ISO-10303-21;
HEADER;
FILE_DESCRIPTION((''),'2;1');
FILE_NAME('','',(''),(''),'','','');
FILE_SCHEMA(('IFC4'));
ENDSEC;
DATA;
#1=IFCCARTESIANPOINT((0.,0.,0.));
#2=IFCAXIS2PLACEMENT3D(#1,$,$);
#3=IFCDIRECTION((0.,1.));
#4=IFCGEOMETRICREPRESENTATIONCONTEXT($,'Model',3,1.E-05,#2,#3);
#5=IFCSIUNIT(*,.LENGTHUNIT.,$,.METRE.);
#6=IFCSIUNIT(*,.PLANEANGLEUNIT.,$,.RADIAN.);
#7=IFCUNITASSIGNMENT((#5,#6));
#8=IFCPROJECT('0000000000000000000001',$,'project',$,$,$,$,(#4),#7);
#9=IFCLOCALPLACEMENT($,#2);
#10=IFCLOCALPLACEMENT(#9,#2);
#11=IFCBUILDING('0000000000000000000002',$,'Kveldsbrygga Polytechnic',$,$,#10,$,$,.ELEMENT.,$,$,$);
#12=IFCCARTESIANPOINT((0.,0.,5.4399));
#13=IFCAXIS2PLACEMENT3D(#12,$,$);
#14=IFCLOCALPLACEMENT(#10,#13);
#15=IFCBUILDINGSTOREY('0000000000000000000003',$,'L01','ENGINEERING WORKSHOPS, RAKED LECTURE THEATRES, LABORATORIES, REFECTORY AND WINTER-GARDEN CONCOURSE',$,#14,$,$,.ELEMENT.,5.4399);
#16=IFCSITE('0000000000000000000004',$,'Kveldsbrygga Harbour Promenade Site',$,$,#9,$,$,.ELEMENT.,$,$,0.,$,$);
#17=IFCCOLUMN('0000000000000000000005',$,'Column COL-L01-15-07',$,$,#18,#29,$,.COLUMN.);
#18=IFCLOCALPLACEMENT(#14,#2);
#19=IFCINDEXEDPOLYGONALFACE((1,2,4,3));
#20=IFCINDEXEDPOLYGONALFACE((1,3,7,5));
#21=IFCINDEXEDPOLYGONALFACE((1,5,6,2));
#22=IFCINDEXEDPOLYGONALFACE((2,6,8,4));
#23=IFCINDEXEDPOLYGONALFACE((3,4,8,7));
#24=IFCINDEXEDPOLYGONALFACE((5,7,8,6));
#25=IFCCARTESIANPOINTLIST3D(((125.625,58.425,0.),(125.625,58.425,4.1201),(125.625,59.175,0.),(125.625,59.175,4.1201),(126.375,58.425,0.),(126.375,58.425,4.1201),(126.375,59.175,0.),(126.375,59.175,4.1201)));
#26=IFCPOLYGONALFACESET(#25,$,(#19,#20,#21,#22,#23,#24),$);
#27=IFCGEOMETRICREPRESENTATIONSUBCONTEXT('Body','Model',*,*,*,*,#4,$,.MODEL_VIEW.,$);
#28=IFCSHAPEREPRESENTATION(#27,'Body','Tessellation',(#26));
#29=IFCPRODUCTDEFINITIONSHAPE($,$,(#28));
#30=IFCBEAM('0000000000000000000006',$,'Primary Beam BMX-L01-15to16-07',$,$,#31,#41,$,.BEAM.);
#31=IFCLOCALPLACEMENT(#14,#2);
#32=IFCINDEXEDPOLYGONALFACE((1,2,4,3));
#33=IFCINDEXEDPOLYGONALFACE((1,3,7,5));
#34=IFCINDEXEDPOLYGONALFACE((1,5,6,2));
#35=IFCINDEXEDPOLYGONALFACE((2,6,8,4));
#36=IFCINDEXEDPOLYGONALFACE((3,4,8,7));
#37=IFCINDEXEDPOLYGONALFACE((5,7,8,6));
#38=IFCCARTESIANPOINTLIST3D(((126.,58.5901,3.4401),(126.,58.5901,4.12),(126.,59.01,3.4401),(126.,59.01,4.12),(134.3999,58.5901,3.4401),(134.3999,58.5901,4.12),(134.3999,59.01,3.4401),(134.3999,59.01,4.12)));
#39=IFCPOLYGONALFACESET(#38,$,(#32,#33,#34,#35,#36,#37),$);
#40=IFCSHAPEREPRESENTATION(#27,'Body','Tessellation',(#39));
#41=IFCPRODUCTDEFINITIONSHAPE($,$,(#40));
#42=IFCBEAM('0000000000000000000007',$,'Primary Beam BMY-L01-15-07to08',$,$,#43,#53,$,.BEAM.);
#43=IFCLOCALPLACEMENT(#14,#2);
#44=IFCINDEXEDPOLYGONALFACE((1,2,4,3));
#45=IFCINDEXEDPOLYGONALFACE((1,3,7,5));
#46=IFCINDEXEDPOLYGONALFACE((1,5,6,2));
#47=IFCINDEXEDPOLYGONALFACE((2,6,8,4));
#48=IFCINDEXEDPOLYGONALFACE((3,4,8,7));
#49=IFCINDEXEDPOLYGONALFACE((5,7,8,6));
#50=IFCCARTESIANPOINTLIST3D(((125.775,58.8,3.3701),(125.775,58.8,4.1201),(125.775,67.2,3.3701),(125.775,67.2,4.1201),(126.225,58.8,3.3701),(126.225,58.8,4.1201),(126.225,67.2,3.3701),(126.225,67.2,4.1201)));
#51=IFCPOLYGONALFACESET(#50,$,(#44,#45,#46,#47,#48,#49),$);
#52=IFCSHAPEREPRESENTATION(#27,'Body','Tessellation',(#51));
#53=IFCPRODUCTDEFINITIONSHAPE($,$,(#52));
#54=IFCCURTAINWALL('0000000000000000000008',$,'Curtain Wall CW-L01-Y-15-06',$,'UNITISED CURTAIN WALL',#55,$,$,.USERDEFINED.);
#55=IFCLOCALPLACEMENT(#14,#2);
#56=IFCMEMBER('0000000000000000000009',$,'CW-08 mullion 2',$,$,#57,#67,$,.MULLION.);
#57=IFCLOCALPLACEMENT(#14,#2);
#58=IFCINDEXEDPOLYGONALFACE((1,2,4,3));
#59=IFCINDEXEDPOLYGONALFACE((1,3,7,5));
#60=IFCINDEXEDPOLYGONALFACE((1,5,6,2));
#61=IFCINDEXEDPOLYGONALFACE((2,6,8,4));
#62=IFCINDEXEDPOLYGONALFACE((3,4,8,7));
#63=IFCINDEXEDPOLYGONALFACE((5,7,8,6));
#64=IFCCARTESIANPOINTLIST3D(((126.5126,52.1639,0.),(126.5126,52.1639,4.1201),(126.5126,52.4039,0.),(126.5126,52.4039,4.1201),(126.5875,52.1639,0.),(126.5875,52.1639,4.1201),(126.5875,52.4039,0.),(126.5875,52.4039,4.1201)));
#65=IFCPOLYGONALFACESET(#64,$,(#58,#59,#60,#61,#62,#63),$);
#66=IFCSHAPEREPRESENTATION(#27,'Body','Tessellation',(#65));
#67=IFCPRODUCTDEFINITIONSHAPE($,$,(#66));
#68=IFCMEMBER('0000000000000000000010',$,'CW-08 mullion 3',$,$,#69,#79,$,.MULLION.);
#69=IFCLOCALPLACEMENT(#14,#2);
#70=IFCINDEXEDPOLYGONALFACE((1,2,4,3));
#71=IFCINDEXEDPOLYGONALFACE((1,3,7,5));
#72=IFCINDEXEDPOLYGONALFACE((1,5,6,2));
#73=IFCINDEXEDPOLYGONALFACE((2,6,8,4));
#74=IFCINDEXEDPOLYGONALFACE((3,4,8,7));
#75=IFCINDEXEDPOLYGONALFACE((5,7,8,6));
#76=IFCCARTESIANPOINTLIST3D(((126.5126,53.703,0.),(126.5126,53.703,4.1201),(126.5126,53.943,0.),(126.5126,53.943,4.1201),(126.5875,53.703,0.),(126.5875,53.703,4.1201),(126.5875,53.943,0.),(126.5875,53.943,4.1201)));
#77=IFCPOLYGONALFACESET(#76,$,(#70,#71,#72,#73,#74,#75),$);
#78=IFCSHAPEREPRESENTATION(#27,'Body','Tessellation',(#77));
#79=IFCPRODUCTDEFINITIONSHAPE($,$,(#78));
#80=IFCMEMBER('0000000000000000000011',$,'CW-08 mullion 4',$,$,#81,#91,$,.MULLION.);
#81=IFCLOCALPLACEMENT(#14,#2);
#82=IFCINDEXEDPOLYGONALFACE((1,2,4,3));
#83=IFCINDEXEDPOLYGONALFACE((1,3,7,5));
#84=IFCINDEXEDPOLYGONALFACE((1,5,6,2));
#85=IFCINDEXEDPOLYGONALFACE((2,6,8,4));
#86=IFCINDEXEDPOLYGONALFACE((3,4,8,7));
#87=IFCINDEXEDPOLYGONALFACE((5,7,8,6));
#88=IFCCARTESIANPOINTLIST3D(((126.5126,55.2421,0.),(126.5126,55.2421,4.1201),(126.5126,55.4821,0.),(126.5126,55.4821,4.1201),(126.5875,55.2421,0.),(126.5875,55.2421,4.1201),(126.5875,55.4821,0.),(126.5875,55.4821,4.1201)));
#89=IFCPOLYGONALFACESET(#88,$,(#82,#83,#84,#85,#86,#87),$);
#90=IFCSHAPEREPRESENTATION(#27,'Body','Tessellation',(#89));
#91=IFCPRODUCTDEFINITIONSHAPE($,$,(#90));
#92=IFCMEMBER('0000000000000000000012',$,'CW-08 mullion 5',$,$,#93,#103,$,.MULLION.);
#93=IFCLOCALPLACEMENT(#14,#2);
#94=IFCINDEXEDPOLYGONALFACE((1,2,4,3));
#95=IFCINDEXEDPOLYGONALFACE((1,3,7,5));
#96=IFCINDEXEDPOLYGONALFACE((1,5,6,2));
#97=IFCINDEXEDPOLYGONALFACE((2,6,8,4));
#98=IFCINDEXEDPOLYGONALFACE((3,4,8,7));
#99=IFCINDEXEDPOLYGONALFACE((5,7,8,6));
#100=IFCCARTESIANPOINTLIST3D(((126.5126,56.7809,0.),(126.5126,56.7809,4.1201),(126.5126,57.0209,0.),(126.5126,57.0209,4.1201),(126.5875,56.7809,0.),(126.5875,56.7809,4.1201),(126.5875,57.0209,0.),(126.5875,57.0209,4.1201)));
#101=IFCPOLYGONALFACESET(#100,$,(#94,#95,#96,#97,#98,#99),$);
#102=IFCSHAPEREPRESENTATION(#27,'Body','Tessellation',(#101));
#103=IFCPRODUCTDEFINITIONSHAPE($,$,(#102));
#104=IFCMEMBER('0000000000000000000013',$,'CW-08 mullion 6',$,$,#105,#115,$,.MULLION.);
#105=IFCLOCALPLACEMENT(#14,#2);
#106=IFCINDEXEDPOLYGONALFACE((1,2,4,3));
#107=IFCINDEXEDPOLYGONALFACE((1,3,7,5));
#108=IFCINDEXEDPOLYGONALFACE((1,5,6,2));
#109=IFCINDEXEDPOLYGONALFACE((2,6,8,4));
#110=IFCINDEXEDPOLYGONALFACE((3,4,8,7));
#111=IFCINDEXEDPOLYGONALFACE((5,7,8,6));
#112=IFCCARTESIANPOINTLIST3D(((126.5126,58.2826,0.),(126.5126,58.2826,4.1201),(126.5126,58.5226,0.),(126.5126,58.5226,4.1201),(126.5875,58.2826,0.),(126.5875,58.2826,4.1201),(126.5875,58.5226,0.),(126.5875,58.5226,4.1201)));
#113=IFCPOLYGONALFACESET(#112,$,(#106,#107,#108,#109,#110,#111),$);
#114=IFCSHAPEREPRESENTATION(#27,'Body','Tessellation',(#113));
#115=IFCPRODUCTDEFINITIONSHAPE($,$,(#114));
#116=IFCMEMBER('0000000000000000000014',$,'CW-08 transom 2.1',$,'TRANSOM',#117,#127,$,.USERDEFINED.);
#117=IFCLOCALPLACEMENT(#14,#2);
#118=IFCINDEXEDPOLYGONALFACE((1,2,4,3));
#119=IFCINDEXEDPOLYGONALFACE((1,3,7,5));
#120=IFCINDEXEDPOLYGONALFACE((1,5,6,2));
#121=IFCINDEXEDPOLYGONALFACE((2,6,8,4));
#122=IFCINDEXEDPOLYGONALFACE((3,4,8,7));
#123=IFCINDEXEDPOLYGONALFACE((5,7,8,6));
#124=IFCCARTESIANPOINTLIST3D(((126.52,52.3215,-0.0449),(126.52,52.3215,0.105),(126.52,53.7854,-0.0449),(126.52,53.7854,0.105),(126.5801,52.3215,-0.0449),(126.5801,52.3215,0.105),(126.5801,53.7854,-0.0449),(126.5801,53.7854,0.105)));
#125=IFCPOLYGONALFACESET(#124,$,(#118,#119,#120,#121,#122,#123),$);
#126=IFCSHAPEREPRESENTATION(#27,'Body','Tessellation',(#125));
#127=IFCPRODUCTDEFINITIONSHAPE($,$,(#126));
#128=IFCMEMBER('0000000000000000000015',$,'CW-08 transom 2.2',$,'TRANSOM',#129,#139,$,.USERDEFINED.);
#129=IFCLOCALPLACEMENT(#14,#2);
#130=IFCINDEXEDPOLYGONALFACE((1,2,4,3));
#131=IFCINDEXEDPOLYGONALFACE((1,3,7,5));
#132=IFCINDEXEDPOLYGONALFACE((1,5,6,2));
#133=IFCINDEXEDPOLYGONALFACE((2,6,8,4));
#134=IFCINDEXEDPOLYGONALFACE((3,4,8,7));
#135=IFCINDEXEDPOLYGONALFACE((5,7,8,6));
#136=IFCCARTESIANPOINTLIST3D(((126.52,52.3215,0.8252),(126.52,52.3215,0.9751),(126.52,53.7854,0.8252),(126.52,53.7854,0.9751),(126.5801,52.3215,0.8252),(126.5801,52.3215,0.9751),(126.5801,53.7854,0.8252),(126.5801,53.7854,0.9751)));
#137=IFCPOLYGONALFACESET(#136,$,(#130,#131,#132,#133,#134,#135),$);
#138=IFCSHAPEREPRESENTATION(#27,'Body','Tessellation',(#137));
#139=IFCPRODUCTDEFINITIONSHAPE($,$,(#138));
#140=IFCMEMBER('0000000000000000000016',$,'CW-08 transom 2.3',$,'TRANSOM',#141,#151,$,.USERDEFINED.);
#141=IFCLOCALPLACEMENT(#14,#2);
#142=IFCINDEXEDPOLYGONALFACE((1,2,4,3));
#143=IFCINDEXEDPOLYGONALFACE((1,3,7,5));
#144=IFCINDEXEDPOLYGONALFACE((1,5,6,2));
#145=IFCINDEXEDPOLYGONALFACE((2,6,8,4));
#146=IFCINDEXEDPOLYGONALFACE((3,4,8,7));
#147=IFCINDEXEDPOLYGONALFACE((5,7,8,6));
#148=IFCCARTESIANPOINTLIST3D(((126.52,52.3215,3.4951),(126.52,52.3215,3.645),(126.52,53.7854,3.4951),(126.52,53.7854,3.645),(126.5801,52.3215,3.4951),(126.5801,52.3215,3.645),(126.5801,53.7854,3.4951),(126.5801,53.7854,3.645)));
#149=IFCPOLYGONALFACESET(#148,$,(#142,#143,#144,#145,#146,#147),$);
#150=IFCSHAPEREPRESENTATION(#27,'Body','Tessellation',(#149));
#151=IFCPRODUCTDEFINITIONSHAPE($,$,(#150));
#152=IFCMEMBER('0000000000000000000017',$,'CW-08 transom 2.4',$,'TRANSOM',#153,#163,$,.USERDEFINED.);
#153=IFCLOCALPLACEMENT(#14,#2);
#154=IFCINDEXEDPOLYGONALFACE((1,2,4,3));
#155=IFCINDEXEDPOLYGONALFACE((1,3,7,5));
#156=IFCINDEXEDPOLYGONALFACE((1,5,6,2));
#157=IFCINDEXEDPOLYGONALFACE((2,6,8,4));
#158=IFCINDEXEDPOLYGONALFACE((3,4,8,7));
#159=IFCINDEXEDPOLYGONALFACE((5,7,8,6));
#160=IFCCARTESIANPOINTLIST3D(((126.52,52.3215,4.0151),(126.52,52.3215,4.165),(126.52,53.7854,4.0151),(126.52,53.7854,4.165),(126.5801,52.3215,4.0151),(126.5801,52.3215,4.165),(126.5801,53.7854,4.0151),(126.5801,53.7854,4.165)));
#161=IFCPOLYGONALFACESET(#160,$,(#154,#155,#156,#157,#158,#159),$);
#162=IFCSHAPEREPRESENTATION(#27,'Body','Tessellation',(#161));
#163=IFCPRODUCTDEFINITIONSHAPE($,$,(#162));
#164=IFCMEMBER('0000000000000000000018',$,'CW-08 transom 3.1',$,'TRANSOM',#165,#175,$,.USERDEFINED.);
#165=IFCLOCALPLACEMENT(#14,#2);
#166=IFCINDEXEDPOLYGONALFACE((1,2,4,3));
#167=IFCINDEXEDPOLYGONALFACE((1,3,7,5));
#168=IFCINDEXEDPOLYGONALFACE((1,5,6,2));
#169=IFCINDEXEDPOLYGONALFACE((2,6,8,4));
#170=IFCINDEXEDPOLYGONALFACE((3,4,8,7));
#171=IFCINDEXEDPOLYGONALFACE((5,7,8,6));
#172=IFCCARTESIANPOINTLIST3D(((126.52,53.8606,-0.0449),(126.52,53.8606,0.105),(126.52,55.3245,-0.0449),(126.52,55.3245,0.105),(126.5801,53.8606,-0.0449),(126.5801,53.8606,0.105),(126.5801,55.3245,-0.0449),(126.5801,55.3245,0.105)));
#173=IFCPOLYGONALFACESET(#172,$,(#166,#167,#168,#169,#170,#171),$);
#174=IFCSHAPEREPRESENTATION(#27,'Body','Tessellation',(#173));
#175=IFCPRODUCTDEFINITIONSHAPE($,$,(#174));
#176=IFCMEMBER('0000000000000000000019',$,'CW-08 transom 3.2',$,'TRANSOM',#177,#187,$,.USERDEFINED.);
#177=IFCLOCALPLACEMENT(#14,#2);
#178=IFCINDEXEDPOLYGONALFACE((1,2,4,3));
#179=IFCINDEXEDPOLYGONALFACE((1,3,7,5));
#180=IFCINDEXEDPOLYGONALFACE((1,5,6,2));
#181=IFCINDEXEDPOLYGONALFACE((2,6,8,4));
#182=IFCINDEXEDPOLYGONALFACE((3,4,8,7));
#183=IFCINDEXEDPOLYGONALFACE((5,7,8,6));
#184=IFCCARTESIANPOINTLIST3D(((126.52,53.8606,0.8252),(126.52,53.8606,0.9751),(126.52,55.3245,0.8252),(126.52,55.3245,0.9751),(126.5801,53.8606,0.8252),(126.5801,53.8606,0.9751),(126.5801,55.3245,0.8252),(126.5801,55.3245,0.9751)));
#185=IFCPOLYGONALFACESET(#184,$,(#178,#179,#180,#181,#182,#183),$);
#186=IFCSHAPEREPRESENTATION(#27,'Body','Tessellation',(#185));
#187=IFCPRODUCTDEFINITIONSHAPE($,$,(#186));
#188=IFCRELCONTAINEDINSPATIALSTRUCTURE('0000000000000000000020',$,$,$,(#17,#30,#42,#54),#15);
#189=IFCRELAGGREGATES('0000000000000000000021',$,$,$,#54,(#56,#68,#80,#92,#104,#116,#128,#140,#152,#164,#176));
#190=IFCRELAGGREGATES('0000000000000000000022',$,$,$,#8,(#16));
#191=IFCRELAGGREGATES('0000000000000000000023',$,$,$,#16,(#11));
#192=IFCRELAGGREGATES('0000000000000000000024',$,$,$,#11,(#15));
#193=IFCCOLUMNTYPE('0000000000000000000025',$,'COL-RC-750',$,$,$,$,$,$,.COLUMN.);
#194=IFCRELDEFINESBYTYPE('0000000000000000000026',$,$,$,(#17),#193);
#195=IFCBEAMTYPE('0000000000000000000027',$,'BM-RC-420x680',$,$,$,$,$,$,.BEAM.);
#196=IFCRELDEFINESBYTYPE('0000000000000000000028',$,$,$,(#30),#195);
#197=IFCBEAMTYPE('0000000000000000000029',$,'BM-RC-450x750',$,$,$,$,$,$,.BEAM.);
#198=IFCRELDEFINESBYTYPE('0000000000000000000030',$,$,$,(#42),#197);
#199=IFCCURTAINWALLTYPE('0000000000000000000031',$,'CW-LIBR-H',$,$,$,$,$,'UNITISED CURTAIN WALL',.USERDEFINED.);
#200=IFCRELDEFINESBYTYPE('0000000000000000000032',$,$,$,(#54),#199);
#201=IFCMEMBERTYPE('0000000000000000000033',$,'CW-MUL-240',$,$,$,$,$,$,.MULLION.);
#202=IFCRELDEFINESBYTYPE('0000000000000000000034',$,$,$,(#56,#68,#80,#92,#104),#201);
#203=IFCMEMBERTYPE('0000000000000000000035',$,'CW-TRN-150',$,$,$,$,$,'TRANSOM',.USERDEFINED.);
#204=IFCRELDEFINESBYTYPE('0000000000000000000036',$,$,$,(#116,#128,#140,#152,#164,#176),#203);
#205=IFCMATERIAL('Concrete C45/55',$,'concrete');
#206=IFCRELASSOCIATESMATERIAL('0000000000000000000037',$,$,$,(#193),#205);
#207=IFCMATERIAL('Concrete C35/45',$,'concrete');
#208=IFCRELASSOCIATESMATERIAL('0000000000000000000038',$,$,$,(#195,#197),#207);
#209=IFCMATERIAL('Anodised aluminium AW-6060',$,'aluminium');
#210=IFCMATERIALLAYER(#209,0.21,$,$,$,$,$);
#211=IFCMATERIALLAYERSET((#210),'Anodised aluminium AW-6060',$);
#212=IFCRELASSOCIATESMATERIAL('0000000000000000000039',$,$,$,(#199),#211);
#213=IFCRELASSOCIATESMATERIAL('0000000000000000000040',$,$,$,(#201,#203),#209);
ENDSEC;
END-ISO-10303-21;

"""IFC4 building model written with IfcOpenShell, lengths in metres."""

from ifc_helpers import new_model, si_unit, direction, frame, origin, origin_2d, place, context, subcontext, project, spatial, rectangle, extrude, material, layer, layer_set, material_profile, profile_set, type_object, element, aggregate, save


model = new_model("IFC4")

# Units and contexts
model_context = context("Model", 3, precision=1e-05, world=origin(), true_north=direction((0.0, 1.0)))
body_context = subcontext(model_context, "Body", "Model", "MODEL_VIEW")
ifc_project = project(units=[si_unit("LENGTHUNIT", "METRE"), si_unit("PLANEANGLEUNIT", "RADIAN")], contexts=[model_context])

# Site, building, storey
site_placement = place(None, origin())
site = spatial("IfcSite", under=ifc_project, at=site_placement, Name="Kveldsbrygga Harbour Promenade Site", CompositionType="ELEMENT", RefElevation=0.0)
building_placement = place(site_placement, origin())
building = spatial("IfcBuilding", under=site, at=building_placement, Name="Kveldsbrygga Polytechnic", CompositionType="ELEMENT")
storey_placement = place(building_placement, frame((0.0, 0.0, 5.4399)))
storey = spatial("IfcBuildingStorey", under=building, at=storey_placement, Name="L01", Description="ENGINEERING WORKSHOPS, RAKED LECTURE THEATRES, LABORATORIES, REFECTORY AND WINTER-GARDEN CONCOURSE", CompositionType="ELEMENT", Elevation=5.4399)

# Column
ifc_material_1 = material(Name="Concrete C45/55", Category="concrete")
ifc_material_profile_1 = material_profile(ifc_material_1, rectangle(XDim=0.75, YDim=0.75, at=origin_2d()), Name="RC 750x750")
ifc_profile_set_1 = profile_set([ifc_material_profile_1], Name="Concrete C45/55")
column_type = type_object("IfcColumnType", Name="COL-RC-750", PredefinedType="COLUMN", material=ifc_profile_set_1)
column_placement = place(storey_placement, frame((126.0, 58.8, 0.0), z_axis=(0.0, 0.0, 1.0), x_axis=(1.0, 0.0, 0.0)))
element("IfcColumn", 1, at=column_placement, inside=storey, type_object=column_type, Name="Column COL-L01-15-07", PredefinedType="COLUMN", context=body_context, shape_type="SweptSolid", body=[
    extrude(rectangle(XDim=0.75, YDim=0.75, at=origin_2d()), origin(), (0.0, 0.0, 1.0), 4.1201),
])

# Beams
ifc_material_2 = material(Name="Concrete C35/45", Category="concrete")
ifc_material_profile_2 = material_profile(ifc_material_2, rectangle(XDim=0.4199, YDim=0.6799, at=origin_2d()), Name="RC 420x680")
ifc_profile_set_2 = profile_set([ifc_material_profile_2], Name="Concrete C35/45")
beam_type_1 = type_object("IfcBeamType", Name="BM-RC-420x680", PredefinedType="BEAM", material=ifc_profile_set_2)
beam_1_placement = place(storey_placement, frame((126.0, 58.8, 3.78), z_axis=(1.0, 0.0, 0.0), x_axis=(0.0, 1.0, 0.0)))
element("IfcBeam", 2, at=beam_1_placement, inside=storey, type_object=beam_type_1, Name="Primary Beam BMX-L01-15to16-07", PredefinedType="BEAM", context=body_context, shape_type="SweptSolid", body=[
    extrude(rectangle(XDim=0.4199, YDim=0.6799, at=origin_2d()), origin(), (0.0, 0.0, 1.0), 8.3999),
])
ifc_material_profile_3 = material_profile(ifc_material_2, rectangle(XDim=0.45, YDim=0.75, at=origin_2d()), Name="RC 450x750")
ifc_profile_set_3 = profile_set([ifc_material_profile_3], Name="Concrete C35/45")
beam_type_2 = type_object("IfcBeamType", Name="BM-RC-450x750", PredefinedType="BEAM", material=ifc_profile_set_3)
beam_2_placement = place(storey_placement, frame((126.0, 58.8, 3.7451), z_axis=(0.0, 1.0, 0.0), x_axis=(-1.0, 0.0, 0.0)))
element("IfcBeam", 3, at=beam_2_placement, inside=storey, type_object=beam_type_2, Name="Primary Beam BMY-L01-15-07to08", PredefinedType="BEAM", context=body_context, shape_type="SweptSolid", body=[
    extrude(rectangle(XDim=0.45, YDim=0.75, at=origin_2d()), origin(), (0.0, 0.0, 1.0), 8.3999),
])

# Curtain wall, members
ifc_material_3 = material(Name="Anodised aluminium AW-6060", Category="aluminium")
ifc_layer_1 = layer(ifc_material_3, 0.21)
ifc_layer_set_1 = layer_set([ifc_layer_1], Name="Anodised aluminium AW-6060")
curtain_wall_type = type_object("IfcCurtainWallType", Name="CW-LIBR-H", ElementType="UNITISED CURTAIN WALL", PredefinedType="USERDEFINED", material=ifc_layer_set_1)
curtain_wall_placement = place(storey_placement, origin())
curtain_wall = element("IfcCurtainWall", 4, at=curtain_wall_placement, inside=storey, type_object=curtain_wall_type, Name="Curtain Wall CW-L01-Y-15-06", ObjectType="UNITISED CURTAIN WALL", PredefinedType="USERDEFINED")
ifc_material_profile_4 = material_profile(ifc_material_3, rectangle(XDim=0.075, YDim=0.24, at=origin_2d()), Name="ALU 75x240")
ifc_profile_set_4 = profile_set([ifc_material_profile_4], Name="Anodised aluminium AW-6060")
member_type_1 = type_object("IfcMemberType", Name="CW-MUL-240", PredefinedType="MULLION", material=ifc_profile_set_4)
member_1_placement = place(storey_placement, frame((126.55, 52.2839, 0.0), z_axis=(0.0, 0.0, 1.0), x_axis=(-1.0, 0.0, 0.0)))
member_1 = element("IfcMember", 5, at=member_1_placement, type_object=member_type_1, Name="CW-08 mullion 2", PredefinedType="MULLION", context=body_context, shape_type="SweptSolid", body=[
    extrude(rectangle(XDim=0.075, YDim=0.24, at=origin_2d()), origin(), (0.0, 0.0, 1.0), 4.1201),
])
member_2_placement = place(storey_placement, frame((126.55, 53.823, 0.0), z_axis=(0.0, 0.0, 1.0), x_axis=(-1.0, 0.0, 0.0)))
member_2 = element("IfcMember", 6, at=member_2_placement, type_object=member_type_1, Name="CW-08 mullion 3", PredefinedType="MULLION", context=body_context, shape_type="SweptSolid", body=[
    extrude(rectangle(XDim=0.075, YDim=0.24, at=origin_2d()), origin(), (0.0, 0.0, 1.0), 4.1201),
])
member_3_placement = place(storey_placement, frame((126.55, 55.3621, 0.0), z_axis=(0.0, 0.0, 1.0), x_axis=(-1.0, 0.0, 0.0)))
member_3 = element("IfcMember", 7, at=member_3_placement, type_object=member_type_1, Name="CW-08 mullion 4", PredefinedType="MULLION", context=body_context, shape_type="SweptSolid", body=[
    extrude(rectangle(XDim=0.075, YDim=0.24, at=origin_2d()), origin(), (0.0, 0.0, 1.0), 4.1201),
])
member_4_placement = place(storey_placement, frame((126.55, 56.9009, 0.0), z_axis=(0.0, 0.0, 1.0), x_axis=(-1.0, 0.0, 0.0)))
member_4 = element("IfcMember", 8, at=member_4_placement, type_object=member_type_1, Name="CW-08 mullion 5", PredefinedType="MULLION", context=body_context, shape_type="SweptSolid", body=[
    extrude(rectangle(XDim=0.075, YDim=0.24, at=origin_2d()), origin(), (0.0, 0.0, 1.0), 4.1201),
])
member_5_placement = place(storey_placement, frame((126.55, 58.4026, 0.0), z_axis=(0.0, 0.0, 1.0), x_axis=(-1.0, 0.0, 0.0)))
member_5 = element("IfcMember", 9, at=member_5_placement, type_object=member_type_1, Name="CW-08 mullion 6", PredefinedType="MULLION", context=body_context, shape_type="SweptSolid", body=[
    extrude(rectangle(XDim=0.075, YDim=0.24, at=origin_2d()), origin(), (0.0, 0.0, 1.0), 4.1201),
])
ifc_material_profile_5 = material_profile(ifc_material_3, rectangle(XDim=0.0601, YDim=0.1499, at=origin_2d()), Name="ALU 60x150")
ifc_profile_set_5 = profile_set([ifc_material_profile_5], Name="Anodised aluminium AW-6060")
member_type_2 = type_object("IfcMemberType", Name="CW-TRN-150", ElementType="TRANSOM", PredefinedType="USERDEFINED", material=ifc_profile_set_5)
member_6_placement = place(storey_placement, frame((126.55, 52.3215, 0.03), z_axis=(0.0, 1.0, 0.0), x_axis=(-1.0, 0.0, 0.0)))
member_6 = element("IfcMember", 10, at=member_6_placement, type_object=member_type_2, Name="CW-08 transom 2.1", ObjectType="TRANSOM", PredefinedType="USERDEFINED", context=body_context, shape_type="SweptSolid", body=[
    extrude(rectangle(XDim=0.0601, YDim=0.1499, at=origin_2d()), origin(), (0.0, 0.0, 1.0), 1.4639),
])
member_7_placement = place(storey_placement, frame((126.55, 52.3215, 0.9001), z_axis=(0.0, 1.0, 0.0), x_axis=(-1.0, 0.0, 0.0)))
member_7 = element("IfcMember", 11, at=member_7_placement, type_object=member_type_2, Name="CW-08 transom 2.2", ObjectType="TRANSOM", PredefinedType="USERDEFINED", context=body_context, shape_type="SweptSolid", body=[
    extrude(rectangle(XDim=0.0601, YDim=0.1499, at=origin_2d()), origin(), (0.0, 0.0, 1.0), 1.4639),
])
member_8_placement = place(storey_placement, frame((126.55, 52.3215, 3.5701), z_axis=(0.0, 1.0, 0.0), x_axis=(-1.0, 0.0, 0.0)))
member_8 = element("IfcMember", 12, at=member_8_placement, type_object=member_type_2, Name="CW-08 transom 2.3", ObjectType="TRANSOM", PredefinedType="USERDEFINED", context=body_context, shape_type="SweptSolid", body=[
    extrude(rectangle(XDim=0.0601, YDim=0.1499, at=origin_2d()), origin(), (0.0, 0.0, 1.0), 1.4639),
])
member_9_placement = place(storey_placement, frame((126.55, 52.3215, 4.0901), z_axis=(0.0, 1.0, 0.0), x_axis=(-1.0, 0.0, 0.0)))
member_9 = element("IfcMember", 13, at=member_9_placement, type_object=member_type_2, Name="CW-08 transom 2.4", ObjectType="TRANSOM", PredefinedType="USERDEFINED", context=body_context, shape_type="SweptSolid", body=[
    extrude(rectangle(XDim=0.0601, YDim=0.1499, at=origin_2d()), origin(), (0.0, 0.0, 1.0), 1.4639),
])
member_10_placement = place(storey_placement, frame((126.55, 53.8606, 0.03), z_axis=(0.0, 1.0, 0.0), x_axis=(-1.0, 0.0, 0.0)))
member_10 = element("IfcMember", 14, at=member_10_placement, type_object=member_type_2, Name="CW-08 transom 3.1", ObjectType="TRANSOM", PredefinedType="USERDEFINED", context=body_context, shape_type="SweptSolid", body=[
    extrude(rectangle(XDim=0.0601, YDim=0.1499, at=origin_2d()), origin(), (0.0, 0.0, 1.0), 1.4639),
])
member_11_placement = place(storey_placement, frame((126.55, 53.8606, 0.9001), z_axis=(0.0, 1.0, 0.0), x_axis=(-1.0, 0.0, 0.0)))
member_11 = element("IfcMember", 15, at=member_11_placement, type_object=member_type_2, Name="CW-08 transom 3.2", ObjectType="TRANSOM", PredefinedType="USERDEFINED", context=body_context, shape_type="SweptSolid", body=[
    extrude(rectangle(XDim=0.0601, YDim=0.1499, at=origin_2d()), origin(), (0.0, 0.0, 1.0), 1.4639),
])

aggregate(curtain_wall, [member_1, member_2, member_3, member_4, member_5, member_6, member_7, member_8, member_9, member_10, member_11])

save(model, "model.ifc")
